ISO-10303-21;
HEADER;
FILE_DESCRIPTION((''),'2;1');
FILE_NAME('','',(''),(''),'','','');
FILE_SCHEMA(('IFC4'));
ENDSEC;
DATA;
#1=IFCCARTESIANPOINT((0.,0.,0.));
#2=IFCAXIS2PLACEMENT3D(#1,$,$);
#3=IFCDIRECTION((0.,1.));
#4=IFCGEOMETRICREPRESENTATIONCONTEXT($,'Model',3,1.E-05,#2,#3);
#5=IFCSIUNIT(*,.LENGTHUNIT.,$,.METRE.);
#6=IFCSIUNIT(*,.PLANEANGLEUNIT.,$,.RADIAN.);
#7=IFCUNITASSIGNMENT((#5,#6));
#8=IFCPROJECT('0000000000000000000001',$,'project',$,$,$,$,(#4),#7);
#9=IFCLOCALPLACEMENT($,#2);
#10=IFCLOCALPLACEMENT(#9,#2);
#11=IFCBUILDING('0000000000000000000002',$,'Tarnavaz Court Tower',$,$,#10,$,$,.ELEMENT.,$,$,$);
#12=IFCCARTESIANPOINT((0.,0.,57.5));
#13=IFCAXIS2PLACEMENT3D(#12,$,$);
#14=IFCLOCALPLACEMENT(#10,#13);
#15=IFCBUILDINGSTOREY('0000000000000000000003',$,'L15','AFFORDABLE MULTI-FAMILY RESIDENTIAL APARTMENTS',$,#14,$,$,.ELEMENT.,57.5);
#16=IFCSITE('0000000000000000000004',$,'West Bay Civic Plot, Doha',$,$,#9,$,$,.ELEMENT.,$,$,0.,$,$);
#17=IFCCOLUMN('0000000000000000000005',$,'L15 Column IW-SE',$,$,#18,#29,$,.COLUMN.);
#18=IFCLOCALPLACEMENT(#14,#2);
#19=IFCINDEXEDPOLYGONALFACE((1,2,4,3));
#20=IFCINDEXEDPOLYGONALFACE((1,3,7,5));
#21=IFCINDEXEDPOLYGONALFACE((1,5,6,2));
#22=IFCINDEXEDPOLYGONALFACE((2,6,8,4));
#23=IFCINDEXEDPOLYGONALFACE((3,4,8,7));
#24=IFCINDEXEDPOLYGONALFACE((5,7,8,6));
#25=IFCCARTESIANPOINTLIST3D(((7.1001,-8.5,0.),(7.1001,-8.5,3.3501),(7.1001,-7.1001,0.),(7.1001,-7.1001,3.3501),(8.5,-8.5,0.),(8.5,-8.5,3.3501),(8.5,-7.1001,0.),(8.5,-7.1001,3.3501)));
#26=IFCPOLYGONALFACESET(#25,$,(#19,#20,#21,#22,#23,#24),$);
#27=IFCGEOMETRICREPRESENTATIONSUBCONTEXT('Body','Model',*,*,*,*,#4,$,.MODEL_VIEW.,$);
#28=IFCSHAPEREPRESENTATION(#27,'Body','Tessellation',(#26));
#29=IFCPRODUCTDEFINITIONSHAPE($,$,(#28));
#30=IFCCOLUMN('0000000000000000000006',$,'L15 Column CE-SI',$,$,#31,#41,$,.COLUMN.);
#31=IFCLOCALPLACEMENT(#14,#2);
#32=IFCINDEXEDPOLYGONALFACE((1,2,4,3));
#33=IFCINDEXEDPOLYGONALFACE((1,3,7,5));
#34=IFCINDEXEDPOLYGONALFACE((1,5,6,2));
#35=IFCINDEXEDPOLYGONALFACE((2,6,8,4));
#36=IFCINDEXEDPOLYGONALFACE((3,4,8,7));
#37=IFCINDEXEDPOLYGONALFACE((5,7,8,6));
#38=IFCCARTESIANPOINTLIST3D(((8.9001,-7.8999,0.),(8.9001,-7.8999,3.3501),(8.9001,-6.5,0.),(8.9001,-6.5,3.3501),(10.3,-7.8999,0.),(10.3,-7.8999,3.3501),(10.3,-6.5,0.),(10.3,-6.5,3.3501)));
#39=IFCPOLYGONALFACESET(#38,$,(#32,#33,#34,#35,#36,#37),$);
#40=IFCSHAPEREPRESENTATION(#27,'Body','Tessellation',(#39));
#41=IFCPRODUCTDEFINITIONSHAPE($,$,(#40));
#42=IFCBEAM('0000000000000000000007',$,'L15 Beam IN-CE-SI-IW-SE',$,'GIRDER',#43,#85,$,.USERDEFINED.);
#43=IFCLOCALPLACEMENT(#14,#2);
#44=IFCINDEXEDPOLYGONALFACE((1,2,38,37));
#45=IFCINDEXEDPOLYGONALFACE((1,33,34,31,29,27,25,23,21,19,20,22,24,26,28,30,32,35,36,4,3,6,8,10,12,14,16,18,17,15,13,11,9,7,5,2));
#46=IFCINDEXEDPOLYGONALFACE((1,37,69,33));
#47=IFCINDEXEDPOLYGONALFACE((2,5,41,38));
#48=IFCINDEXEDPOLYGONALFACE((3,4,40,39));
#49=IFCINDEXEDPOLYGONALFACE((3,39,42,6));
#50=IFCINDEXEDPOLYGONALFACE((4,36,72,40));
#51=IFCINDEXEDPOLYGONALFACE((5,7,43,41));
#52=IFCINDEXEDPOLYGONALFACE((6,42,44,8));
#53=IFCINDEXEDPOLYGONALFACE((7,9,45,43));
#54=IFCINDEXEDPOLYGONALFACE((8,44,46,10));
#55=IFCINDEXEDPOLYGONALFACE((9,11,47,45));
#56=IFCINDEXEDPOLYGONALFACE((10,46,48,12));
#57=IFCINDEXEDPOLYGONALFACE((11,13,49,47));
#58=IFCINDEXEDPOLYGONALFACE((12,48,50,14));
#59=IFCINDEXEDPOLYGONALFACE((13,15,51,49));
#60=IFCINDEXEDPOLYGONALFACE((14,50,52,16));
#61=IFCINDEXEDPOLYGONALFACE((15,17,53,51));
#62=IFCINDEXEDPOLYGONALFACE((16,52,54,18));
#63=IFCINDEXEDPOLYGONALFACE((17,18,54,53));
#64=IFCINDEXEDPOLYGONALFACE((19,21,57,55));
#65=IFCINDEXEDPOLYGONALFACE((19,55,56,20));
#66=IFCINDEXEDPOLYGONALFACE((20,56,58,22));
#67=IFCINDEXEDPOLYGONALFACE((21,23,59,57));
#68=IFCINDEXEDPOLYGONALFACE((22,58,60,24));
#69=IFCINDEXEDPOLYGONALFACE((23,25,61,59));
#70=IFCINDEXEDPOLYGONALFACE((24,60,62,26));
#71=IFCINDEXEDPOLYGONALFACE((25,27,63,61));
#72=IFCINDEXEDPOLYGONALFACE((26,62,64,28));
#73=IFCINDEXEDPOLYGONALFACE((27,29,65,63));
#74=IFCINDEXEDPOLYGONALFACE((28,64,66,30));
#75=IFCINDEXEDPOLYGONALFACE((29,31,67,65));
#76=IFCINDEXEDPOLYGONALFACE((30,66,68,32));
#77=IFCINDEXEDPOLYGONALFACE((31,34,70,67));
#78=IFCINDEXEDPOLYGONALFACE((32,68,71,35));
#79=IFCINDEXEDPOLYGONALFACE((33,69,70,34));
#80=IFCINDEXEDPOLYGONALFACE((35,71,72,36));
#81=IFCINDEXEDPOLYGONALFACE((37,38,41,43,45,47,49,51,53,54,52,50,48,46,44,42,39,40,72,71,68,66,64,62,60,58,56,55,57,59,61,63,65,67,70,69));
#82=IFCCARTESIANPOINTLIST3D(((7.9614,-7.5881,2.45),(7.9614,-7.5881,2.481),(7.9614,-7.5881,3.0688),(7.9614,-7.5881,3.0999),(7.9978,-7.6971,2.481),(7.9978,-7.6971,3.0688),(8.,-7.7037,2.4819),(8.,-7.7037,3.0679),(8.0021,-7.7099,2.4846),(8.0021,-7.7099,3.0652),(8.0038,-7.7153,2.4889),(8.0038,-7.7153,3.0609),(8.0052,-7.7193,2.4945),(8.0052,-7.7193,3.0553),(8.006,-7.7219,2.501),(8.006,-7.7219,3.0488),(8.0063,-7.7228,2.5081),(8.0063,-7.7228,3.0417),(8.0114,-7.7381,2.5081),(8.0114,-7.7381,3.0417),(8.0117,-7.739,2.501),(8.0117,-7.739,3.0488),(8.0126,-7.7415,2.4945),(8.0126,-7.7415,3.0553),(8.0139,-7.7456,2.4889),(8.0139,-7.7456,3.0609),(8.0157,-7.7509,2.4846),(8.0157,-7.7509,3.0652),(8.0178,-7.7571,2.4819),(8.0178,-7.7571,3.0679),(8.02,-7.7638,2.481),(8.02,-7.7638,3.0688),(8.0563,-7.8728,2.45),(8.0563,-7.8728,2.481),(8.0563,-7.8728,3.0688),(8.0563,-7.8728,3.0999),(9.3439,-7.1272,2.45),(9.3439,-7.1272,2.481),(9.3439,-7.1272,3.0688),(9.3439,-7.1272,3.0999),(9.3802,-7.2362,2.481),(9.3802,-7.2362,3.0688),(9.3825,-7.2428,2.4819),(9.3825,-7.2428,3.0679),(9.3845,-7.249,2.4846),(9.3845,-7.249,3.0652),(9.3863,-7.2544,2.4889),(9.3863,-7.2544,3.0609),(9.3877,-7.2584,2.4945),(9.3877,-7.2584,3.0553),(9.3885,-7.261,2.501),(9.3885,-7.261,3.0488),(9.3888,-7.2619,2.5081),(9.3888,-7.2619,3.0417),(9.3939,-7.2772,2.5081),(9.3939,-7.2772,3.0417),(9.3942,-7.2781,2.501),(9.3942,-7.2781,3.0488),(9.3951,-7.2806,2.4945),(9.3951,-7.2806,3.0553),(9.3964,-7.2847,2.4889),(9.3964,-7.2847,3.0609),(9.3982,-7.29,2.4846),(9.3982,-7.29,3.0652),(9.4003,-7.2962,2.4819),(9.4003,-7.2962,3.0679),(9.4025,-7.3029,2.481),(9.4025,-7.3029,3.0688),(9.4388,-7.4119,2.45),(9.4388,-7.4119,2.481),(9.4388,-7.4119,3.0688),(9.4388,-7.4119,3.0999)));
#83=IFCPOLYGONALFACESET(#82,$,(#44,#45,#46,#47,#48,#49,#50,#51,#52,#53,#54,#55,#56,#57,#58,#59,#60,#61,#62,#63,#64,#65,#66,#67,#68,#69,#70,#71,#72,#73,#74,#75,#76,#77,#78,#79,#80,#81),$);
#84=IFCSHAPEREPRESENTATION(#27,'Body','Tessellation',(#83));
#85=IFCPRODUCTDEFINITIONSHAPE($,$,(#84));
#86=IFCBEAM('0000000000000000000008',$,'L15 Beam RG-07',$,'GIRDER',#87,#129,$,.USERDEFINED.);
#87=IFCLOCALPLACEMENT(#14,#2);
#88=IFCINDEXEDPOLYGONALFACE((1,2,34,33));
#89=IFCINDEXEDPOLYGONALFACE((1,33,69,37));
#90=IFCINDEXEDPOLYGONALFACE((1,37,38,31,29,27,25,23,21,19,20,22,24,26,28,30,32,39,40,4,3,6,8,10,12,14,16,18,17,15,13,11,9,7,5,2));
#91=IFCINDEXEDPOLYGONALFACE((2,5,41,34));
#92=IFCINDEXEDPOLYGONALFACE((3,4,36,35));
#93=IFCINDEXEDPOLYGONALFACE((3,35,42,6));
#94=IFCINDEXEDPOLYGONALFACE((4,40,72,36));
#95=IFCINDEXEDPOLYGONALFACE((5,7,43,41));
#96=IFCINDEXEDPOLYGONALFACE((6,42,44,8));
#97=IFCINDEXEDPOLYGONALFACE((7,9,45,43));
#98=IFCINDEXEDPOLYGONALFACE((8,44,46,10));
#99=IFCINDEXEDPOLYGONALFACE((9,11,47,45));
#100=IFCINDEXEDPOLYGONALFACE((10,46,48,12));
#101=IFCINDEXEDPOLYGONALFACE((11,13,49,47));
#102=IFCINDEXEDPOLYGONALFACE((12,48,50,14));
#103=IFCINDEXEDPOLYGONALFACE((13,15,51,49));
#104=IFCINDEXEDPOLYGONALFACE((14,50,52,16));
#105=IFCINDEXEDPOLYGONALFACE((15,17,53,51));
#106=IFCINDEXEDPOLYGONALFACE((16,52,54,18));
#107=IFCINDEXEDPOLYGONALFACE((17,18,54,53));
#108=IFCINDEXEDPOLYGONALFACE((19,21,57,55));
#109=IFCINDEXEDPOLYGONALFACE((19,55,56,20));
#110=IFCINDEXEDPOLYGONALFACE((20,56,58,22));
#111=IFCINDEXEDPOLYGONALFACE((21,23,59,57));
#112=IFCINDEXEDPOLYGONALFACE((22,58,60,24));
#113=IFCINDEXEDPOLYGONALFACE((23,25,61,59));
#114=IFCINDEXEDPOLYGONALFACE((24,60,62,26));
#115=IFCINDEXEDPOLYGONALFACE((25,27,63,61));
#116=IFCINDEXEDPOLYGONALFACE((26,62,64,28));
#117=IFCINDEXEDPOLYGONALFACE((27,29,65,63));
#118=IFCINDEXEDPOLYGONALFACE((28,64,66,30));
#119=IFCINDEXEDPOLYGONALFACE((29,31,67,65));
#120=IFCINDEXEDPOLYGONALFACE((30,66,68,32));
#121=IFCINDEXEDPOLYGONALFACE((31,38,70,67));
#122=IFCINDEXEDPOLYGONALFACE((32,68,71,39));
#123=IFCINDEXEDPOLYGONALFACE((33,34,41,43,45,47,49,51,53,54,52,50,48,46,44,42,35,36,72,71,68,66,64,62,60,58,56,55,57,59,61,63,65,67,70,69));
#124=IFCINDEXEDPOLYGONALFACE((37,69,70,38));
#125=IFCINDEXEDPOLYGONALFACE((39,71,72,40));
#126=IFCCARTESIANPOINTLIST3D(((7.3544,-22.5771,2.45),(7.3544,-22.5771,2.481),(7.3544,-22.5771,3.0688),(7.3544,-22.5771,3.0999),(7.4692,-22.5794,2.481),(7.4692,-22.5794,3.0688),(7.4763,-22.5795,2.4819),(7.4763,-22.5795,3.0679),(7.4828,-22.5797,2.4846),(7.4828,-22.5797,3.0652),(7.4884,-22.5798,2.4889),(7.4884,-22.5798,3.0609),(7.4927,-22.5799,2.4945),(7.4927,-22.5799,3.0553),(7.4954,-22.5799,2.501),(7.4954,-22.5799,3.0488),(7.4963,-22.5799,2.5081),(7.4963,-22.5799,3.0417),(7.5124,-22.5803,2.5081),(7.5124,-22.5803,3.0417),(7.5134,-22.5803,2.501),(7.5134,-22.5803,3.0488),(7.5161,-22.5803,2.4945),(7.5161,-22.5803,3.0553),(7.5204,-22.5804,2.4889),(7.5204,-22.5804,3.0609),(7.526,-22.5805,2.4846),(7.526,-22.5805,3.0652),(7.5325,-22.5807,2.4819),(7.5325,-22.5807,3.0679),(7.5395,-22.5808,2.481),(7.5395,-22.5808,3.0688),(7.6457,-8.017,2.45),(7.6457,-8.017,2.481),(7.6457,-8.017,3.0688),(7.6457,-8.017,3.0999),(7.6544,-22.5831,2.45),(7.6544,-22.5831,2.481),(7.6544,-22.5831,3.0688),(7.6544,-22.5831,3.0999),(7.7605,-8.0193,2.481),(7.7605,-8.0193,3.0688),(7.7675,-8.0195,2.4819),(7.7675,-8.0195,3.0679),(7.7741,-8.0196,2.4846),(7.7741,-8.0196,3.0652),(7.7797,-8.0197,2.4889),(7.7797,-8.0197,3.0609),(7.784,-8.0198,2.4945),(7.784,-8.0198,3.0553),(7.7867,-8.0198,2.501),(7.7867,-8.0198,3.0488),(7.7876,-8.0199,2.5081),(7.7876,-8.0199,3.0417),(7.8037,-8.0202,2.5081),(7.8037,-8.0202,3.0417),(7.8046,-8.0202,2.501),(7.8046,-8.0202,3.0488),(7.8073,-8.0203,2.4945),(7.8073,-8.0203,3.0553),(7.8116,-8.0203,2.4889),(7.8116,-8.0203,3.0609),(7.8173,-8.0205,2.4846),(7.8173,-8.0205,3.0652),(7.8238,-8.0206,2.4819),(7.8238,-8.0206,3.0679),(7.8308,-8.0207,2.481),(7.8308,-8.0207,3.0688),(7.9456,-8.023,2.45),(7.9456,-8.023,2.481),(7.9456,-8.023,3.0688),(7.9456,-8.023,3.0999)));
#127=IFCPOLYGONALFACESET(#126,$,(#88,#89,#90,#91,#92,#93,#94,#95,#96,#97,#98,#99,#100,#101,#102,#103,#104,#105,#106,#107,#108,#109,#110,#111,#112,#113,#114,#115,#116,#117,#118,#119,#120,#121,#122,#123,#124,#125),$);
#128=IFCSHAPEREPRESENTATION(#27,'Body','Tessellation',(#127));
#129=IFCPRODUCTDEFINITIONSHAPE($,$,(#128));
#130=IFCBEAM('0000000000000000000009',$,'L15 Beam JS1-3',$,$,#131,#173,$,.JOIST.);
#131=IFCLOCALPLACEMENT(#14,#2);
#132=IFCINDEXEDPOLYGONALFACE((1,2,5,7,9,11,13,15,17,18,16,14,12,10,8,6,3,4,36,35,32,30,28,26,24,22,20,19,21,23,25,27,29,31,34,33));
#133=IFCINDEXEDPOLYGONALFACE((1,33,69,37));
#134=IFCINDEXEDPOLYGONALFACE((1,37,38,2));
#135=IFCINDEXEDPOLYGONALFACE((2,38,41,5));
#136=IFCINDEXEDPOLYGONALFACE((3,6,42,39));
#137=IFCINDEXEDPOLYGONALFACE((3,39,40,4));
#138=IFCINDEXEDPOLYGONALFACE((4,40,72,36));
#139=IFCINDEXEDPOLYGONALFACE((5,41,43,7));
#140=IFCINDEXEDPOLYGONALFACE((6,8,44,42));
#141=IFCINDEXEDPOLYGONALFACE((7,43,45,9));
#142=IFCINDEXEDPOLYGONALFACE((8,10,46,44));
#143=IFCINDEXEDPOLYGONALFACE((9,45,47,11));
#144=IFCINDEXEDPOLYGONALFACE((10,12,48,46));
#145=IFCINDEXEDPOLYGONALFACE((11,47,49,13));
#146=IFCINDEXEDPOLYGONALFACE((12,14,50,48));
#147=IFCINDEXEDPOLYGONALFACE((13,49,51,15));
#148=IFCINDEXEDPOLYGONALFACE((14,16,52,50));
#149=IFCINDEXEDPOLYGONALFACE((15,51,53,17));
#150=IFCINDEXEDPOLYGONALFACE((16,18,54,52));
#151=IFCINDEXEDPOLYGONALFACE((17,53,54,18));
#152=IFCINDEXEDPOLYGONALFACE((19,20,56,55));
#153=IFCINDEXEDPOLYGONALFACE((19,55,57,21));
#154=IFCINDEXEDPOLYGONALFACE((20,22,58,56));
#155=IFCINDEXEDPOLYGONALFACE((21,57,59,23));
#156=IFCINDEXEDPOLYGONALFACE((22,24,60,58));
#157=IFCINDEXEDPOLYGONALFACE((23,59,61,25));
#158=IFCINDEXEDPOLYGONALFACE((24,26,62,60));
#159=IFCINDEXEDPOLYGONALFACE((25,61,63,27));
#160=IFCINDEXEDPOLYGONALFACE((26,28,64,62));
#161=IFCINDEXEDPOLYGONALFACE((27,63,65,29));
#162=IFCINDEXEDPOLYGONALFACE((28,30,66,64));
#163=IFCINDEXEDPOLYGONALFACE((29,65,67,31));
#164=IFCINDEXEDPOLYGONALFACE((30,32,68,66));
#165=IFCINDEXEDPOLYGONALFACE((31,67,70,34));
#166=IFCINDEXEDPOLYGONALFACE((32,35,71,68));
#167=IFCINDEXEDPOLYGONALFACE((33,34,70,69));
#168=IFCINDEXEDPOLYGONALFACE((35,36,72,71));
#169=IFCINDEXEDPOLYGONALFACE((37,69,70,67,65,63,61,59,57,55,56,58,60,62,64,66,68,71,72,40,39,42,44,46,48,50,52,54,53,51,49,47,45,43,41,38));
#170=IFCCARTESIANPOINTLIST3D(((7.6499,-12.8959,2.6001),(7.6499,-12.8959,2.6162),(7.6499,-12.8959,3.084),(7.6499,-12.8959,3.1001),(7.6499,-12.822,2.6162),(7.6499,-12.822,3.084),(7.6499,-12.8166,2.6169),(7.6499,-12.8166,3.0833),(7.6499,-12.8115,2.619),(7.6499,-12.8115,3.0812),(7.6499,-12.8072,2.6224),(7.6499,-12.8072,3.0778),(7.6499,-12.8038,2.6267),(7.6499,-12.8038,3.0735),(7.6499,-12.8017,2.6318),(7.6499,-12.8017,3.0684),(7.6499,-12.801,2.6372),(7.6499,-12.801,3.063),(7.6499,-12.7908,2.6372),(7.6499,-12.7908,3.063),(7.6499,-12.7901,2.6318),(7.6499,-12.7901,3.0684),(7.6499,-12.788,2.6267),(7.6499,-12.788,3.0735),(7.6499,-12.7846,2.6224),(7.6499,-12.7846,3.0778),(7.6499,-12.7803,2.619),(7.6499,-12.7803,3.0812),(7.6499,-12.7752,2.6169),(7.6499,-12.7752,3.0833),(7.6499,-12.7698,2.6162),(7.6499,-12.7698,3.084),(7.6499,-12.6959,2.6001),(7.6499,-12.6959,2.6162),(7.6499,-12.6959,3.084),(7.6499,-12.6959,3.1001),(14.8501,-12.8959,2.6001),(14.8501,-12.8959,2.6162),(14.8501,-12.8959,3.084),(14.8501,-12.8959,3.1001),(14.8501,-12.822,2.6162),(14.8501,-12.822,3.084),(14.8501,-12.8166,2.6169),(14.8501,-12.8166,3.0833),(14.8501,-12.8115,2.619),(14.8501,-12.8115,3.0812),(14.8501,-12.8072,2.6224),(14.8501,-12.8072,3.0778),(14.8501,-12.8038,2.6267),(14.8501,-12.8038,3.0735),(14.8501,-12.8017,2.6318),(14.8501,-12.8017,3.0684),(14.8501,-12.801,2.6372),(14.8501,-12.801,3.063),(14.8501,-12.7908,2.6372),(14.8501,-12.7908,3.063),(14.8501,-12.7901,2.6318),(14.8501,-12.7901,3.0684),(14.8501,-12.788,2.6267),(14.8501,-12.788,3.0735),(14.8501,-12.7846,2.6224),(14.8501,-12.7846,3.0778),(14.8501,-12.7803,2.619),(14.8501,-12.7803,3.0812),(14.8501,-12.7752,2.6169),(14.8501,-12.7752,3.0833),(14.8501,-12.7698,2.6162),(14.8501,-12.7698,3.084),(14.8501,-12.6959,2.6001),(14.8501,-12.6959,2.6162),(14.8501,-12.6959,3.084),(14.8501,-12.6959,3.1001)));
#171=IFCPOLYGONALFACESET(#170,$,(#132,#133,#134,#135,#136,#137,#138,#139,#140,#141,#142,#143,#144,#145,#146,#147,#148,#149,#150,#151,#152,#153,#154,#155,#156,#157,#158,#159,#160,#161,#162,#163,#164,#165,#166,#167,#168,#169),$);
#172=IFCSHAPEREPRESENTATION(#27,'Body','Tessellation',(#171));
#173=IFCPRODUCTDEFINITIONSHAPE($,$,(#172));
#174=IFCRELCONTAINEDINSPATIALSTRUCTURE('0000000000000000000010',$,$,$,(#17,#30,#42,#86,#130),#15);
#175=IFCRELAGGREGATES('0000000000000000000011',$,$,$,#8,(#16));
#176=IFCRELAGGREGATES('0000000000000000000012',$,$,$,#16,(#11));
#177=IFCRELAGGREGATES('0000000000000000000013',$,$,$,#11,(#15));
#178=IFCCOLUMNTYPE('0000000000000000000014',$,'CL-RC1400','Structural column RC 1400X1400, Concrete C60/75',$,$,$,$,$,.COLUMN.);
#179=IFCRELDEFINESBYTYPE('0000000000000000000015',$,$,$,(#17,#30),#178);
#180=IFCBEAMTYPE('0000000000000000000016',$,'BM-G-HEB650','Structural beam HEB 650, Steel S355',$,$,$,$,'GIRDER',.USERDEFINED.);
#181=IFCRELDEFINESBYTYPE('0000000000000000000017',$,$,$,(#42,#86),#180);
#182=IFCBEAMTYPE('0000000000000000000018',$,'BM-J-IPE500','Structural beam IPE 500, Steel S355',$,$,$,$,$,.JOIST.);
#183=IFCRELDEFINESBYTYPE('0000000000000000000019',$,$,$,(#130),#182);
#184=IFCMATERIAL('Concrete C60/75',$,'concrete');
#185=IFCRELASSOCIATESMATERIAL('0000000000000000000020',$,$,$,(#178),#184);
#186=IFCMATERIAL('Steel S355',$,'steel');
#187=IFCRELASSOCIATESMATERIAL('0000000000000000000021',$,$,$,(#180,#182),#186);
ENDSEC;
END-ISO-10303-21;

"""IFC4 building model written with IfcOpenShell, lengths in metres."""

from ifc_helpers import new_model, si_unit, direction, frame, origin, origin_2d, place, context, subcontext, project, spatial, rectangle, i_section, extrude, material, material_profile, profile_set, type_object, element, save


model = new_model("IFC4")

# Units and contexts
model_context = context("Model", 3, precision=1e-05, world=origin(), true_north=direction((0.0, 1.0)))
body_context = subcontext(model_context, "Body", "Model", "MODEL_VIEW")
ifc_project = project(units=[si_unit("LENGTHUNIT", "METRE"), si_unit("PLANEANGLEUNIT", "RADIAN")], contexts=[model_context])

# Site, building, storey
site_placement = place(None, origin())
site = spatial("IfcSite", under=ifc_project, at=site_placement, Name="West Bay Civic Plot, Doha", CompositionType="ELEMENT", RefElevation=0.0)
building_placement = place(site_placement, origin())
building = spatial("IfcBuilding", under=site, at=building_placement, Name="Tarnavaz Court Tower", CompositionType="ELEMENT")
storey_placement = place(building_placement, frame((0.0, 0.0, 57.5)))
storey = spatial("IfcBuildingStorey", under=building, at=storey_placement, Name="L15", Description="AFFORDABLE MULTI-FAMILY RESIDENTIAL APARTMENTS", CompositionType="ELEMENT", Elevation=57.5)

# Columns
ifc_material_1 = material(Name="Concrete C60/75", Category="concrete")
ifc_material_profile_1 = material_profile(ifc_material_1, rectangle(XDim=1.3999, YDim=1.3999, at=origin_2d()), Name="RC 1400X1400")
ifc_profile_set_1 = profile_set([ifc_material_profile_1], Name="Concrete C60/75")
column_type = type_object("IfcColumnType", Name="CL-RC1400", Description="Structural column RC 1400X1400, Concrete C60/75", PredefinedType="COLUMN", material=ifc_profile_set_1)
for number, where, z_axis, x_axis, name in (
    (1, (7.8, -7.8, 0.0), (0.0, 0.0, 1.0), (1.0, 0.0, 0.0), "L15 Column IW-SE"),
    (2, (9.6001, -7.2, 0.0), (0.0, 0.0, 1.0), (1.0, 0.0, 0.0), "L15 Column CE-SI"),
):
    element("IfcColumn", number, at=place(storey_placement, frame(where, z_axis=z_axis, x_axis=x_axis)), inside=storey, type_object=column_type, Name=name, PredefinedType="COLUMN", context=body_context, shape_type="SweptSolid", body=[
        extrude(rectangle(XDim=1.3999, YDim=1.3999, at=origin_2d()), origin(), (0.0, 0.0, 1.0), 3.3501),
    ])

# Beams
ifc_material_2 = material(Name="Steel S355", Category="steel")
ifc_material_profile_2 = material_profile(ifc_material_2, i_section(OverallWidth=0.3, OverallDepth=0.6499, WebThickness=0.0161, FlangeThickness=0.031, FilletRadius=0.0271, at=origin_2d()), Name="HEB 650")
ifc_profile_set_2 = profile_set([ifc_material_profile_2], Name="Steel S355")
beam_type_1 = type_object("IfcBeamType", Name="BM-G-HEB650", Description="Structural beam HEB 650, Steel S355", ElementType="GIRDER", PredefinedType="USERDEFINED", material=ifc_profile_set_2)
beam_1_placement = place(storey_placement, frame((9.3914, -7.2695, 2.7749), z_axis=(-0.948667, -0.316278, 0.0), x_axis=(0.316278, -0.948667, 0.0)))
element("IfcBeam", 3, at=beam_1_placement, inside=storey, type_object=beam_type_1, Name="L15 Beam IN-CE-SI-IW-SE", ObjectType="GIRDER", PredefinedType="USERDEFINED", context=body_context, shape_type="SweptSolid", body=[
    extrude(i_section(OverallWidth=0.3, OverallDepth=0.6499, WebThickness=0.0161, FlangeThickness=0.031, FilletRadius=0.0271, at=origin_2d()), origin(), (0.0, 0.0, 1.0), 1.4573),
])
beam_2_placement = place(storey_placement, frame((7.7957, -8.02, 2.7749), z_axis=(-0.02, -0.9998, 0.0), x_axis=(0.9998, -0.02, 0.0)))
element("IfcBeam", 4, at=beam_2_placement, inside=storey, type_object=beam_type_1, Name="L15 Beam RG-07", ObjectType="GIRDER", PredefinedType="USERDEFINED", context=body_context, shape_type="SweptSolid", body=[
    extrude(i_section(OverallWidth=0.3, OverallDepth=0.6499, WebThickness=0.0161, FlangeThickness=0.031, FilletRadius=0.0271, at=origin_2d()), origin(), (0.0, 0.0, 1.0), 14.563),
])
ifc_material_profile_3 = material_profile(ifc_material_2, i_section(OverallWidth=0.2, OverallDepth=0.5, WebThickness=0.0103, FlangeThickness=0.0161, FilletRadius=0.021, at=origin_2d()), Name="IPE 500")
ifc_profile_set_3 = profile_set([ifc_material_profile_3], Name="Steel S355")
beam_type_2 = type_object("IfcBeamType", Name="BM-J-IPE500", Description="Structural beam IPE 500, Steel S355", PredefinedType="JOIST", material=ifc_profile_set_3)
beam_3_placement = place(storey_placement, frame((7.6499, -12.7959, 2.8501), z_axis=(1.0, 0.0, 0.0), x_axis=(0.0, 1.0, 0.0)))
element("IfcBeam", 5, at=beam_3_placement, inside=storey, type_object=beam_type_2, Name="L15 Beam JS1-3", PredefinedType="JOIST", context=body_context, shape_type="SweptSolid", body=[
    extrude(i_section(OverallWidth=0.2, OverallDepth=0.5, WebThickness=0.0103, FlangeThickness=0.0161, FilletRadius=0.021, at=origin_2d()), origin(), (0.0, 0.0, 1.0), 7.2002),
])

save(model, "model.ifc")
